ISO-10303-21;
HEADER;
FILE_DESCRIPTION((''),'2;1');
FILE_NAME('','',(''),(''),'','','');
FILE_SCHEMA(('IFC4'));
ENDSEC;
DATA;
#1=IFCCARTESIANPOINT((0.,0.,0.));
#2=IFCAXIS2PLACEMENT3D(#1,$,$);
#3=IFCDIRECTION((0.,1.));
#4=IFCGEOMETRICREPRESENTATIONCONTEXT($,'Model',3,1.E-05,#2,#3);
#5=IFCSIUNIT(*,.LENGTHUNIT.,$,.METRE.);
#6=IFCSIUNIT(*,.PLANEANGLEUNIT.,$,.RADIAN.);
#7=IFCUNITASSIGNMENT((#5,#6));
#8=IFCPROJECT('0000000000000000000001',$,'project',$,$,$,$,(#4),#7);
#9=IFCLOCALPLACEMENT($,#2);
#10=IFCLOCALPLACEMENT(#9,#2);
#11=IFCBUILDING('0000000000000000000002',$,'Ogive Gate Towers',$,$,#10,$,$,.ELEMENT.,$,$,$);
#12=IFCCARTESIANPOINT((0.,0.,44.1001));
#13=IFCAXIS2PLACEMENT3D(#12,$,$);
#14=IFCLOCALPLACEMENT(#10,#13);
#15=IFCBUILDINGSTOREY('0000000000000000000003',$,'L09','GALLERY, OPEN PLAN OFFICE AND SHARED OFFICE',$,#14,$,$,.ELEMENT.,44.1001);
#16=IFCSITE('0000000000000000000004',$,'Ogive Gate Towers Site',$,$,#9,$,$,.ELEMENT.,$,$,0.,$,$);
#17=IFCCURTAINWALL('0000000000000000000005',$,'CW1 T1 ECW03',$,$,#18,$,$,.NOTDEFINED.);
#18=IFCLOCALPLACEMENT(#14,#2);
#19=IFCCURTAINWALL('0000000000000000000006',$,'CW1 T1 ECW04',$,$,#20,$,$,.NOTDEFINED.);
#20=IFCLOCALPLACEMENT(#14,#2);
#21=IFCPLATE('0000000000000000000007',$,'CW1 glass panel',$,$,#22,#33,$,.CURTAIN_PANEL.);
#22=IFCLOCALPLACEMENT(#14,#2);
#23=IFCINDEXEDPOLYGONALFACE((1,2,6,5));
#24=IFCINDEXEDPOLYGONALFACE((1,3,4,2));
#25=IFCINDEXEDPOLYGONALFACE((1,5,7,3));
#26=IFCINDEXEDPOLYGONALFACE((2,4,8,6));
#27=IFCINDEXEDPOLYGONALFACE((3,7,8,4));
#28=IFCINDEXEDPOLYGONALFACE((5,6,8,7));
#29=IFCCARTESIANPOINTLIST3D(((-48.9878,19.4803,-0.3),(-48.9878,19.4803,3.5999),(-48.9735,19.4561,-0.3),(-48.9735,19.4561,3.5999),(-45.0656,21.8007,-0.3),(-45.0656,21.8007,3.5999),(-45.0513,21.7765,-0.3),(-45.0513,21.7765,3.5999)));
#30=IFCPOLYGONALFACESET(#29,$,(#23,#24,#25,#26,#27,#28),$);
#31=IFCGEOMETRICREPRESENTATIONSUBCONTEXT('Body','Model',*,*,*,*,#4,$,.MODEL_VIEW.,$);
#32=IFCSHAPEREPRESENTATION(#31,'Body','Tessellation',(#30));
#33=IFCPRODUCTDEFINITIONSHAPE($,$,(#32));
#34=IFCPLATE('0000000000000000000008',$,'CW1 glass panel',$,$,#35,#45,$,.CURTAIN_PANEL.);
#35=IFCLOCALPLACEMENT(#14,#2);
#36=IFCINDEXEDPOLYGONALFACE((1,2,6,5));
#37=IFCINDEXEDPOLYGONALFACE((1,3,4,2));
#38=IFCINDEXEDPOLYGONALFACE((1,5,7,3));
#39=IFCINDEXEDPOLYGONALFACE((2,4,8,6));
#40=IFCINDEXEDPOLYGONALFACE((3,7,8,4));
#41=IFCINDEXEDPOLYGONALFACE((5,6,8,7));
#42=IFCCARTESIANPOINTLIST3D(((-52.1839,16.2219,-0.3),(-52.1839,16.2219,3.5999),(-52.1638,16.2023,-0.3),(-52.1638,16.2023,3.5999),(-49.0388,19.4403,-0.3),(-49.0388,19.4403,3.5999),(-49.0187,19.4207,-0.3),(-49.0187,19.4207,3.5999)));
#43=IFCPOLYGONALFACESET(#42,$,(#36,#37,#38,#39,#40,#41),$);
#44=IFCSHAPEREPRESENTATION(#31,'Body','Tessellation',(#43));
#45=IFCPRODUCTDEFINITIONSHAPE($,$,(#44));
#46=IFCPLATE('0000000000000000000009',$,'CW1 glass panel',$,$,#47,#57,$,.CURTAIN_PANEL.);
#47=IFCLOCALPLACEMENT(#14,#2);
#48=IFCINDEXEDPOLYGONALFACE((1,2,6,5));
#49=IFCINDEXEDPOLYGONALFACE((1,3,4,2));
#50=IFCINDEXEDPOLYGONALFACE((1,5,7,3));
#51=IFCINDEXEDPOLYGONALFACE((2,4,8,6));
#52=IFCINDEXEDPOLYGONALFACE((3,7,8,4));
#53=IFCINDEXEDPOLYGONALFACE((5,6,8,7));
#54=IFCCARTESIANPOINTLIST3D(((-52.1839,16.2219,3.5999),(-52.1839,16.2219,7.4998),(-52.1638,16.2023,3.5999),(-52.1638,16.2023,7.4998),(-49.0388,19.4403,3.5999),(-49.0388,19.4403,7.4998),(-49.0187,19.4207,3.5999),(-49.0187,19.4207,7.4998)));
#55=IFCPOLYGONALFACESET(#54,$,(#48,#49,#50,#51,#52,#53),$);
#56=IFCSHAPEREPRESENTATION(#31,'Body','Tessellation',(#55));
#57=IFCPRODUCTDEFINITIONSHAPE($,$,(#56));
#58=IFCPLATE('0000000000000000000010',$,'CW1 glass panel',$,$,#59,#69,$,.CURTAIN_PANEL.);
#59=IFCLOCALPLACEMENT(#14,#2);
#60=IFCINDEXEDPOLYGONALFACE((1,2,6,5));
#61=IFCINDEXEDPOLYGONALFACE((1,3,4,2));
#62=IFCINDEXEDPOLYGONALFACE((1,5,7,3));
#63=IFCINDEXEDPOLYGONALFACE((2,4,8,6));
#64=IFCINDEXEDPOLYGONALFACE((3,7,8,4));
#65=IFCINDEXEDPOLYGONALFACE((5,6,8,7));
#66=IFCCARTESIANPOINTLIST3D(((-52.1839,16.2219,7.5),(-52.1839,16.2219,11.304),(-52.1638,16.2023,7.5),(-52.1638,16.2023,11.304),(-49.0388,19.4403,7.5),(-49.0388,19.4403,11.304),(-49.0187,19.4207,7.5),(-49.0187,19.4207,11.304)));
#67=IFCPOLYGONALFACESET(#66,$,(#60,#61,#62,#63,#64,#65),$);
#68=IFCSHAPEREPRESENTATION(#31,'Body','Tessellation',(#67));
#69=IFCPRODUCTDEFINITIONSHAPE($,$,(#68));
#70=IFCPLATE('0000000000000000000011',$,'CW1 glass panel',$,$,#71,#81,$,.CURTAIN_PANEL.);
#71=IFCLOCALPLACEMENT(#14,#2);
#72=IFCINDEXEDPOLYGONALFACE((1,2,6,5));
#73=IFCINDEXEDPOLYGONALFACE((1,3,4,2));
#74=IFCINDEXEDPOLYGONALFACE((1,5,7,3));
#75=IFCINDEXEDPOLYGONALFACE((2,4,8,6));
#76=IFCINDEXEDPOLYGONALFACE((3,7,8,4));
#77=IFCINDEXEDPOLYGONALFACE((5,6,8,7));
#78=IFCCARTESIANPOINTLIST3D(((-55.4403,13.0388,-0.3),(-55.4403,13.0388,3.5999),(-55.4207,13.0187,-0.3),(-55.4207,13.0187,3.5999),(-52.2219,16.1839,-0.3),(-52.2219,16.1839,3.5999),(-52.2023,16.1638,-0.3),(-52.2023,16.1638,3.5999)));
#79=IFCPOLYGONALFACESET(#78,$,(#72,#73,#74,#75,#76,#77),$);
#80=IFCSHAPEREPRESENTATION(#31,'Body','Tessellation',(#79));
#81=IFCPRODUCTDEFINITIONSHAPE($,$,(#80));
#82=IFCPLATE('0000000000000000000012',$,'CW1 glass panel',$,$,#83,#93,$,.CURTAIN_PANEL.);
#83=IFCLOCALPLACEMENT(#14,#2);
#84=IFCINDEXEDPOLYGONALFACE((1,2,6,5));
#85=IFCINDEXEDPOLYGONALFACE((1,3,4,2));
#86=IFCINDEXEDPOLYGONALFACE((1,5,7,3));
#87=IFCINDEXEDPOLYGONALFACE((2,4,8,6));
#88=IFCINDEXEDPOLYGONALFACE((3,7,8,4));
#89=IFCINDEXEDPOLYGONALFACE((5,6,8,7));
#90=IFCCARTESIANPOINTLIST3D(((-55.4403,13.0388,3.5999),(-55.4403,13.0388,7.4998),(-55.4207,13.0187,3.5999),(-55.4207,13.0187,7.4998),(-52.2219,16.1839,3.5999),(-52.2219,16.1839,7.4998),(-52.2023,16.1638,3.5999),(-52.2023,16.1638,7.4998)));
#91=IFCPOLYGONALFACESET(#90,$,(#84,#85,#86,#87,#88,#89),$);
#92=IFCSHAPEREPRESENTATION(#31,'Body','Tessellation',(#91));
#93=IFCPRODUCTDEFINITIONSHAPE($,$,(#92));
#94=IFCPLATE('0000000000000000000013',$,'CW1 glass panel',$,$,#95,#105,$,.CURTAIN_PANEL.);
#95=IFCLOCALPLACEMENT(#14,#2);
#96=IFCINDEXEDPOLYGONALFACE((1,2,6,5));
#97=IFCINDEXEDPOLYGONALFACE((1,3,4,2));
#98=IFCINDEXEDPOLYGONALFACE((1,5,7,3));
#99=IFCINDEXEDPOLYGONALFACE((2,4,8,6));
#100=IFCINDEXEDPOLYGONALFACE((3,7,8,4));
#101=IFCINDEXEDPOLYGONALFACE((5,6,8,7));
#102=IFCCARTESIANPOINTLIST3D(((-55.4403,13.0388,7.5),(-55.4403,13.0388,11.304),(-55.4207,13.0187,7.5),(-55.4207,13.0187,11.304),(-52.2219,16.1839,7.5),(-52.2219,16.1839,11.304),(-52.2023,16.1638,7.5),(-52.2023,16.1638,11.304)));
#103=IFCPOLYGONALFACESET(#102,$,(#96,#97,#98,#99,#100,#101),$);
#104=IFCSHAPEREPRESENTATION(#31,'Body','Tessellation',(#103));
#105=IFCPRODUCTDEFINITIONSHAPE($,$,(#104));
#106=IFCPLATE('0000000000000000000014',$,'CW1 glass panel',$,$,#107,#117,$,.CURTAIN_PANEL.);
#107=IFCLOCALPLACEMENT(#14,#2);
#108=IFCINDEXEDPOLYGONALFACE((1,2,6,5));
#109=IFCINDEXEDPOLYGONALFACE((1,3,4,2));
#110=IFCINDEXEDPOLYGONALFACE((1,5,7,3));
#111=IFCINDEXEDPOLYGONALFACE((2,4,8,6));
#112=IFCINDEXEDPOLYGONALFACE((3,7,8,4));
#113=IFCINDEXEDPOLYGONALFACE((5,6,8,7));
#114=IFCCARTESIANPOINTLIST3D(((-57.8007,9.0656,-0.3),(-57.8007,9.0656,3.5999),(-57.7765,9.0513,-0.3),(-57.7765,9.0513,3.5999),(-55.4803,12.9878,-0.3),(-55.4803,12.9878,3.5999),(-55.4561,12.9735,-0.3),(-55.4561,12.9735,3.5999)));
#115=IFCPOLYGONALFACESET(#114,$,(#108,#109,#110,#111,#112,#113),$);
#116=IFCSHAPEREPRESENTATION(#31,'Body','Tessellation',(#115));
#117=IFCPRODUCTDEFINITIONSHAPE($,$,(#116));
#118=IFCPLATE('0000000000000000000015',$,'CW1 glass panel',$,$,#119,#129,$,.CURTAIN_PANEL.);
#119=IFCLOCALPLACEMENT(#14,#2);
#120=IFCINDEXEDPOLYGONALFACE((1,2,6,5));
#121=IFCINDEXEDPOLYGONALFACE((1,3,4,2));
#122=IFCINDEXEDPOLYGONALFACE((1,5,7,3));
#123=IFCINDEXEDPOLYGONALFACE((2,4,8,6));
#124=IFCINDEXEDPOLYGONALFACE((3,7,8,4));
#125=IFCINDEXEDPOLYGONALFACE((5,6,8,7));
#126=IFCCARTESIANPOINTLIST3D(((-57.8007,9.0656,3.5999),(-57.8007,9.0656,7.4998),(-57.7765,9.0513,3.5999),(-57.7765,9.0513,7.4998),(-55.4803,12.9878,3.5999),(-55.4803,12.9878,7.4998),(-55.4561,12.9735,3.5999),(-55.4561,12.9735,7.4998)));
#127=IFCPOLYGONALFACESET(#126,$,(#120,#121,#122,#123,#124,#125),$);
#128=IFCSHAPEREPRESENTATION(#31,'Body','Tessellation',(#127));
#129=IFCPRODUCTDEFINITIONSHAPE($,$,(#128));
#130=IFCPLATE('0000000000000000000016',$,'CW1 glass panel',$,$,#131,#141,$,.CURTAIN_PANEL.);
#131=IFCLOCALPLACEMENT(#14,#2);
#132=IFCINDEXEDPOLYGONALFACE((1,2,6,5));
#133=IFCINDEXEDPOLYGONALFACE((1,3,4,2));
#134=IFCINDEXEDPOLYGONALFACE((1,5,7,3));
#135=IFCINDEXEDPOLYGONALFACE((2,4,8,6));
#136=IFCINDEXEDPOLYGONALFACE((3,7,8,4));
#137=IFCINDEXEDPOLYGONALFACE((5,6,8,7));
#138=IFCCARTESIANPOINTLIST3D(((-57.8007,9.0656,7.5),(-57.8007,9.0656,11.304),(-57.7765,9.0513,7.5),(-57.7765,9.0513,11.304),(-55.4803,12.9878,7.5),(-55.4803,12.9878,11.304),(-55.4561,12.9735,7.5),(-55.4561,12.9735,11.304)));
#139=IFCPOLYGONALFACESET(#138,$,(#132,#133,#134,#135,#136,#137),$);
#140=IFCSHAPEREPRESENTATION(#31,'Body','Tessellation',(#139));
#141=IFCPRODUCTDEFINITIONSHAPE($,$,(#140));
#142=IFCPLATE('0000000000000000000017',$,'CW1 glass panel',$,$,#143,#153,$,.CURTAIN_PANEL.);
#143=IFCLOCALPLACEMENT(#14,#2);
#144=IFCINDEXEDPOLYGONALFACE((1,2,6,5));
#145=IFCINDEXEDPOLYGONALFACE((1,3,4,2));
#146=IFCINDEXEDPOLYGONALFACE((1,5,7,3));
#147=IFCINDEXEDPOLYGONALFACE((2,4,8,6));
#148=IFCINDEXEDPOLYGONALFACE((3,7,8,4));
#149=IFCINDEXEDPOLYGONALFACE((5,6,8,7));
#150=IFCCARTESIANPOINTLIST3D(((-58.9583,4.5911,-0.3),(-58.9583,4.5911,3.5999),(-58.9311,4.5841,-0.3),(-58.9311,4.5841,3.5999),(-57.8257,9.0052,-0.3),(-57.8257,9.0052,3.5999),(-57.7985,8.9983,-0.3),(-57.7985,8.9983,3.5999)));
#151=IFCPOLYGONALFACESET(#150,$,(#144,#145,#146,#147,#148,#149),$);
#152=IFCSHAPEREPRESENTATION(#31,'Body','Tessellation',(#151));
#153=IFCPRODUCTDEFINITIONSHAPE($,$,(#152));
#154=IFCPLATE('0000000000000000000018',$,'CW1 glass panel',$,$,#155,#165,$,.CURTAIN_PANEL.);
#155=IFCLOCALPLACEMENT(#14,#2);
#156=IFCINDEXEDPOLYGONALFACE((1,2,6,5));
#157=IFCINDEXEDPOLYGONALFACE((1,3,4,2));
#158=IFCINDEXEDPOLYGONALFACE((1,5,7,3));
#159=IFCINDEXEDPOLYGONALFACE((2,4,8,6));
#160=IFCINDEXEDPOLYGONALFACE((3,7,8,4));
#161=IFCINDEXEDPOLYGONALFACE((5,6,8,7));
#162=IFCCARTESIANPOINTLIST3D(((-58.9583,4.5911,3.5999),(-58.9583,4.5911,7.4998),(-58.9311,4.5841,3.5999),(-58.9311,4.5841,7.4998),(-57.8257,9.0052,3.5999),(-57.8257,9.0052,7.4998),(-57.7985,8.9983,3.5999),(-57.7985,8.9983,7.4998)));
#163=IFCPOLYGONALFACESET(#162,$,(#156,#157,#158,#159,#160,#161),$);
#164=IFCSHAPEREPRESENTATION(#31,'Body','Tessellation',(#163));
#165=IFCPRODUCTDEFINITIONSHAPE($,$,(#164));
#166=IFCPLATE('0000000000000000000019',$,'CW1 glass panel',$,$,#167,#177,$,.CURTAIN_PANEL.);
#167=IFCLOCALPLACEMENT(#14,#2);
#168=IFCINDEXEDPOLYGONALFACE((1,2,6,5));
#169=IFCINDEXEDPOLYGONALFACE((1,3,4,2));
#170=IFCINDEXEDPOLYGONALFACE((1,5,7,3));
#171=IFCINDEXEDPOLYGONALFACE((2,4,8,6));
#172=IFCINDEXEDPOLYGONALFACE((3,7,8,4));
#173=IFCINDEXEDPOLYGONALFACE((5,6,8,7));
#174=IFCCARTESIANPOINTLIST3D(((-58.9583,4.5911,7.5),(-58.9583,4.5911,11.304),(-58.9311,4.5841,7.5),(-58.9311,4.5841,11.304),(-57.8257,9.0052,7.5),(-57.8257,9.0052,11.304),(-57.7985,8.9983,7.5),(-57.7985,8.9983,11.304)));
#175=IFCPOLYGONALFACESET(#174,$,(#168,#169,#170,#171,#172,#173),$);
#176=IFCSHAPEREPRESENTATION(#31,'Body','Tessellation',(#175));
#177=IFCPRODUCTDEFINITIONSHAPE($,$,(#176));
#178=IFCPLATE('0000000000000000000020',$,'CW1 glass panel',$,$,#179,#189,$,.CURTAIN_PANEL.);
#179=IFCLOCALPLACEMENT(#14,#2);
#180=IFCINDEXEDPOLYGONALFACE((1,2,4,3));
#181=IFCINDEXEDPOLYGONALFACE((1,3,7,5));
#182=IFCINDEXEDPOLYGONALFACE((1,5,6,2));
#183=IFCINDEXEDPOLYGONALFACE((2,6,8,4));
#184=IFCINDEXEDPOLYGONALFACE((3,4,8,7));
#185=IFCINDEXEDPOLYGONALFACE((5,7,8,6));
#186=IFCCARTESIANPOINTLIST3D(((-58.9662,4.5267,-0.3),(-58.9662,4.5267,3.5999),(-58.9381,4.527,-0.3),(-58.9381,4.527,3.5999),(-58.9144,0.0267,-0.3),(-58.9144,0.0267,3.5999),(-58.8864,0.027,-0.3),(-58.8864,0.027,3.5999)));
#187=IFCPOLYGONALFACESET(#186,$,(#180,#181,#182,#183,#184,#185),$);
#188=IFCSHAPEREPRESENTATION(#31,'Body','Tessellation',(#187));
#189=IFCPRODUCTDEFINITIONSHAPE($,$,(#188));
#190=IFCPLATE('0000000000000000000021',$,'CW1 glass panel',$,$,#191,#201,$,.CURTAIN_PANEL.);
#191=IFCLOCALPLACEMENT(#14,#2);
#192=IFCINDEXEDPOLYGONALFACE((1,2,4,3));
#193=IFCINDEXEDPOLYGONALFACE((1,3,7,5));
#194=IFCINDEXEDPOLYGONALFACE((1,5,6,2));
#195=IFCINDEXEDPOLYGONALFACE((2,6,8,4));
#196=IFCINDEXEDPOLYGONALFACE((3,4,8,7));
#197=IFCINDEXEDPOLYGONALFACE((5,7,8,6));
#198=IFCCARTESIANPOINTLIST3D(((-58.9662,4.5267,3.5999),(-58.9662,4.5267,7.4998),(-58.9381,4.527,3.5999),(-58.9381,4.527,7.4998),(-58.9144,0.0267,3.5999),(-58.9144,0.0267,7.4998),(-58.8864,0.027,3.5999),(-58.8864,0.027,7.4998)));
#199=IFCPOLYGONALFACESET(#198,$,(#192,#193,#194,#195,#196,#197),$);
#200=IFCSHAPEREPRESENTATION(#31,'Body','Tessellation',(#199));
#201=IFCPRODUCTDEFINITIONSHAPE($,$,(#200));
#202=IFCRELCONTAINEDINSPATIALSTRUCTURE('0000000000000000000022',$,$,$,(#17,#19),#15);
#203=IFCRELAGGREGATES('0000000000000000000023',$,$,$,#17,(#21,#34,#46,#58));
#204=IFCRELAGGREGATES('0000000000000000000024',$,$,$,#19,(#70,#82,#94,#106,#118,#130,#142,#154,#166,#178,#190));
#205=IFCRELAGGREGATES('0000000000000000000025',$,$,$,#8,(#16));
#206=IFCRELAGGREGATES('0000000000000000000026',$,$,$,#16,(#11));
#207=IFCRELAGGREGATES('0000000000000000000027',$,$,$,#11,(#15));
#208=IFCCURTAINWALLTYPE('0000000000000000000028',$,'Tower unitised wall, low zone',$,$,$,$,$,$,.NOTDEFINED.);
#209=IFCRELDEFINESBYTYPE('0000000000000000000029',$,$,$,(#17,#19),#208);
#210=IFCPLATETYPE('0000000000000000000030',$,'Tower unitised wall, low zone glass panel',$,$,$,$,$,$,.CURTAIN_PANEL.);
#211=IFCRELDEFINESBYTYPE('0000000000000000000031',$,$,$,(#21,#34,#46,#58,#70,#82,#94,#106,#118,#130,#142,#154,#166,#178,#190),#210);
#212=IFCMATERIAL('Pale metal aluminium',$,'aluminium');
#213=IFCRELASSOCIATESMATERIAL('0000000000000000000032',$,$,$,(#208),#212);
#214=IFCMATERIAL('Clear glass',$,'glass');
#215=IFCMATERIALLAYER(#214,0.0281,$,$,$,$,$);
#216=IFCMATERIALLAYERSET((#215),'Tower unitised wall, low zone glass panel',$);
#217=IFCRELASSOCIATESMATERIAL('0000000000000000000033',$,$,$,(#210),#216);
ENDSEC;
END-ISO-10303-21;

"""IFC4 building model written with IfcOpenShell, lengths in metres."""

from ifc_helpers import new_model, si_unit, direction, frame, origin, origin_2d, place, context, subcontext, project, spatial, rectangle, extrude, material, layer, layer_set, type_object, element, aggregate, save


model = new_model("IFC4")

# Units and contexts
model_context = context("Model", 3, precision=1e-05, world=origin(), true_north=direction((0.0, 1.0)))
body_context = subcontext(model_context, "Body", "Model", "MODEL_VIEW")
ifc_project = project(units=[si_unit("LENGTHUNIT", "METRE"), si_unit("PLANEANGLEUNIT", "RADIAN")], contexts=[model_context])

# Site, building, storey
site_placement = place(None, origin())
site = spatial("IfcSite", under=ifc_project, at=site_placement, Name="Ogive Gate Towers Site", CompositionType="ELEMENT", RefElevation=0.0)
building_placement = place(site_placement, origin())
building = spatial("IfcBuilding", under=site, at=building_placement, Name="Ogive Gate Towers", CompositionType="ELEMENT")
storey_placement = place(building_placement, frame((0.0, 0.0, 44.1001)))
storey = spatial("IfcBuildingStorey", under=building, at=storey_placement, Name="L09", Description="GALLERY, OPEN PLAN OFFICE AND SHARED OFFICE", CompositionType="ELEMENT", Elevation=44.1001)

# Curtain walls
ifc_material_1 = material(Name="Pale metal aluminium", Category="aluminium")
curtain_wall_type = type_object("IfcCurtainWallType", Name="Tower unitised wall, low zone", PredefinedType="NOTDEFINED", material=ifc_material_1)
curtain_wall_1_placement = place(storey_placement, origin())
curtain_wall_1 = element("IfcCurtainWall", 1, at=curtain_wall_1_placement, inside=storey, type_object=curtain_wall_type, Name="CW1 T1 ECW03", PredefinedType="NOTDEFINED")
curtain_wall_2_placement = place(storey_placement, origin())
curtain_wall_2 = element("IfcCurtainWall", 2, at=curtain_wall_2_placement, inside=storey, type_object=curtain_wall_type, Name="CW1 T1 ECW04", PredefinedType="NOTDEFINED")

# Plates
ifc_material_2 = material(Name="Clear glass", Category="glass")
ifc_layer_1 = layer(ifc_material_2, 0.0281)
ifc_layer_set_1 = layer_set([ifc_layer_1], Name="Tower unitised wall, low zone glass panel")
plate_type = type_object("IfcPlateType", Name="Tower unitised wall, low zone glass panel", PredefinedType="CURTAIN_PANEL", material=ifc_layer_set_1)
plate_1_placement = place(storey_placement, frame((-47.0195, 20.6284, -0.3), z_axis=(0.0, 0.0, 1.0), x_axis=(-0.860662, -0.509177, 0.0)))
plate_1 = element("IfcPlate", 3, at=plate_1_placement, type_object=plate_type, Name="CW1 glass panel", PredefinedType="CURTAIN_PANEL", context=body_context, shape_type="SweptSolid", body=[
    extrude(rectangle(XDim=4.5571, YDim=0.0281, at=origin_2d()), origin(), (0.0, 0.0, 1.0), 3.8999),
])
plate_2_placement = place(storey_placement, frame((-50.6013, 17.8213, -0.3), z_axis=(0.0, 0.0, 1.0), x_axis=(-0.698915, -0.715205, 0.0)))
plate_2 = element("IfcPlate", 4, at=plate_2_placement, type_object=plate_type, Name="CW1 glass panel", PredefinedType="CURTAIN_PANEL", context=body_context, shape_type="SweptSolid", body=[
    extrude(rectangle(XDim=4.5, YDim=0.0281, at=origin_2d()), origin(), (0.0, 0.0, 1.0), 3.8999),
])
plate_3_placement = place(storey_placement, frame((-50.6013, 17.8213, 3.5999), z_axis=(0.0, 0.0, 1.0), x_axis=(-0.698915, -0.715205, 0.0)))
plate_3 = element("IfcPlate", 5, at=plate_3_placement, type_object=plate_type, Name="CW1 glass panel", PredefinedType="CURTAIN_PANEL", context=body_context, shape_type="SweptSolid", body=[
    extrude(rectangle(XDim=4.5, YDim=0.0281, at=origin_2d()), origin(), (0.0, 0.0, 1.0), 3.8999),
])
plate_4_placement = place(storey_placement, frame((-50.6013, 17.8213, 7.5), z_axis=(0.0, 0.0, 1.0), x_axis=(-0.698915, -0.715205, 0.0)))
plate_4 = element("IfcPlate", 6, at=plate_4_placement, type_object=plate_type, Name="CW1 glass panel", PredefinedType="CURTAIN_PANEL", context=body_context, shape_type="SweptSolid", body=[
    extrude(rectangle(XDim=4.5, YDim=0.0281, at=origin_2d()), origin(), (0.0, 0.0, 1.0), 3.804),
])
aggregate(curtain_wall_1, [plate_1, plate_2, plate_3, plate_4])
plate_5_placement = place(storey_placement, frame((-53.8213, 14.6013, -0.3), z_axis=(0.0, 0.0, 1.0), x_axis=(-0.715205, -0.698915, 0.0)))
plate_5 = element("IfcPlate", 7, at=plate_5_placement, type_object=plate_type, Name="CW1 glass panel", PredefinedType="CURTAIN_PANEL", context=body_context, shape_type="SweptSolid", body=[
    extrude(rectangle(XDim=4.5, YDim=0.0281, at=origin_2d()), origin(), (0.0, 0.0, 1.0), 3.8999),
])
plate_6_placement = place(storey_placement, frame((-53.8213, 14.6013, 3.5999), z_axis=(0.0, 0.0, 1.0), x_axis=(-0.715205, -0.698915, 0.0)))
plate_6 = element("IfcPlate", 8, at=plate_6_placement, type_object=plate_type, Name="CW1 glass panel", PredefinedType="CURTAIN_PANEL", context=body_context, shape_type="SweptSolid", body=[
    extrude(rectangle(XDim=4.5, YDim=0.0281, at=origin_2d()), origin(), (0.0, 0.0, 1.0), 3.8999),
])
plate_7_placement = place(storey_placement, frame((-53.8213, 14.6013, 7.5), z_axis=(0.0, 0.0, 1.0), x_axis=(-0.715205, -0.698915, 0.0)))
plate_7 = element("IfcPlate", 9, at=plate_7_placement, type_object=plate_type, Name="CW1 glass panel", PredefinedType="CURTAIN_PANEL", context=body_context, shape_type="SweptSolid", body=[
    extrude(rectangle(XDim=4.5, YDim=0.0281, at=origin_2d()), origin(), (0.0, 0.0, 1.0), 3.804),
])
plate_8_placement = place(storey_placement, frame((-56.6284, 11.0195, -0.3), z_axis=(0.0, 0.0, 1.0), x_axis=(-0.509177, -0.860662, 0.0)))
plate_8 = element("IfcPlate", 10, at=plate_8_placement, type_object=plate_type, Name="CW1 glass panel", PredefinedType="CURTAIN_PANEL", context=body_context, shape_type="SweptSolid", body=[
    extrude(rectangle(XDim=4.5571, YDim=0.0281, at=origin_2d()), origin(), (0.0, 0.0, 1.0), 3.8999),
])
plate_9_placement = place(storey_placement, frame((-56.6284, 11.0195, 3.5999), z_axis=(0.0, 0.0, 1.0), x_axis=(-0.509177, -0.860662, 0.0)))
plate_9 = element("IfcPlate", 11, at=plate_9_placement, type_object=plate_type, Name="CW1 glass panel", PredefinedType="CURTAIN_PANEL", context=body_context, shape_type="SweptSolid", body=[
    extrude(rectangle(XDim=4.5571, YDim=0.0281, at=origin_2d()), origin(), (0.0, 0.0, 1.0), 3.8999),
])
plate_10_placement = place(storey_placement, frame((-56.6284, 11.0195, 7.5), z_axis=(0.0, 0.0, 1.0), x_axis=(-0.509177, -0.860662, 0.0)))
plate_10 = element("IfcPlate", 12, at=plate_10_placement, type_object=plate_type, Name="CW1 glass panel", PredefinedType="CURTAIN_PANEL", context=body_context, shape_type="SweptSolid", body=[
    extrude(rectangle(XDim=4.5571, YDim=0.0281, at=origin_2d()), origin(), (0.0, 0.0, 1.0), 3.804),
])
plate_11_placement = place(storey_placement, frame((-58.3784, 6.7947, -0.3), z_axis=(0.0, 0.0, 1.0), x_axis=(-0.248521, -0.968627, 0.0)))
plate_11 = element("IfcPlate", 13, at=plate_11_placement, type_object=plate_type, Name="CW1 glass panel", PredefinedType="CURTAIN_PANEL", context=body_context, shape_type="SweptSolid", body=[
    extrude(rectangle(XDim=4.5571, YDim=0.0281, at=origin_2d()), origin(), (0.0, 0.0, 1.0), 3.8999),
])
plate_12_placement = place(storey_placement, frame((-58.3784, 6.7947, 3.5999), z_axis=(0.0, 0.0, 1.0), x_axis=(-0.248521, -0.968627, 0.0)))
plate_12 = element("IfcPlate", 14, at=plate_12_placement, type_object=plate_type, Name="CW1 glass panel", PredefinedType="CURTAIN_PANEL", context=body_context, shape_type="SweptSolid", body=[
    extrude(rectangle(XDim=4.5571, YDim=0.0281, at=origin_2d()), origin(), (0.0, 0.0, 1.0), 3.8999),
])
plate_13_placement = place(storey_placement, frame((-58.3784, 6.7947, 7.5), z_axis=(0.0, 0.0, 1.0), x_axis=(-0.248521, -0.968627, 0.0)))
plate_13 = element("IfcPlate", 15, at=plate_13_placement, type_object=plate_type, Name="CW1 glass panel", PredefinedType="CURTAIN_PANEL", context=body_context, shape_type="SweptSolid", body=[
    extrude(rectangle(XDim=4.5571, YDim=0.0281, at=origin_2d()), origin(), (0.0, 0.0, 1.0), 3.804),
])
plate_14_placement = place(storey_placement, frame((-58.9263, 2.2769, -0.3), z_axis=(0.0, 0.0, 1.0), x_axis=(0.011501, -0.999934, 0.0)))
plate_14 = element("IfcPlate", 16, at=plate_14_placement, type_object=plate_type, Name="CW1 glass panel", PredefinedType="CURTAIN_PANEL", context=body_context, shape_type="SweptSolid", body=[
    extrude(rectangle(XDim=4.5002, YDim=0.0281, at=origin_2d()), origin(), (0.0, 0.0, 1.0), 3.8999),
])
plate_15_placement = place(storey_placement, frame((-58.9263, 2.2769, 3.5999), z_axis=(0.0, 0.0, 1.0), x_axis=(0.011501, -0.999934, 0.0)))
plate_15 = element("IfcPlate", 17, at=plate_15_placement, type_object=plate_type, Name="CW1 glass panel", PredefinedType="CURTAIN_PANEL", context=body_context, shape_type="SweptSolid", body=[
    extrude(rectangle(XDim=4.5002, YDim=0.0281, at=origin_2d()), origin(), (0.0, 0.0, 1.0), 3.8999),
])
aggregate(curtain_wall_2, [plate_5, plate_6, plate_7, plate_8, plate_9, plate_10, plate_11, plate_12, plate_13, plate_14, plate_15])

save(model, "model.ifc")
